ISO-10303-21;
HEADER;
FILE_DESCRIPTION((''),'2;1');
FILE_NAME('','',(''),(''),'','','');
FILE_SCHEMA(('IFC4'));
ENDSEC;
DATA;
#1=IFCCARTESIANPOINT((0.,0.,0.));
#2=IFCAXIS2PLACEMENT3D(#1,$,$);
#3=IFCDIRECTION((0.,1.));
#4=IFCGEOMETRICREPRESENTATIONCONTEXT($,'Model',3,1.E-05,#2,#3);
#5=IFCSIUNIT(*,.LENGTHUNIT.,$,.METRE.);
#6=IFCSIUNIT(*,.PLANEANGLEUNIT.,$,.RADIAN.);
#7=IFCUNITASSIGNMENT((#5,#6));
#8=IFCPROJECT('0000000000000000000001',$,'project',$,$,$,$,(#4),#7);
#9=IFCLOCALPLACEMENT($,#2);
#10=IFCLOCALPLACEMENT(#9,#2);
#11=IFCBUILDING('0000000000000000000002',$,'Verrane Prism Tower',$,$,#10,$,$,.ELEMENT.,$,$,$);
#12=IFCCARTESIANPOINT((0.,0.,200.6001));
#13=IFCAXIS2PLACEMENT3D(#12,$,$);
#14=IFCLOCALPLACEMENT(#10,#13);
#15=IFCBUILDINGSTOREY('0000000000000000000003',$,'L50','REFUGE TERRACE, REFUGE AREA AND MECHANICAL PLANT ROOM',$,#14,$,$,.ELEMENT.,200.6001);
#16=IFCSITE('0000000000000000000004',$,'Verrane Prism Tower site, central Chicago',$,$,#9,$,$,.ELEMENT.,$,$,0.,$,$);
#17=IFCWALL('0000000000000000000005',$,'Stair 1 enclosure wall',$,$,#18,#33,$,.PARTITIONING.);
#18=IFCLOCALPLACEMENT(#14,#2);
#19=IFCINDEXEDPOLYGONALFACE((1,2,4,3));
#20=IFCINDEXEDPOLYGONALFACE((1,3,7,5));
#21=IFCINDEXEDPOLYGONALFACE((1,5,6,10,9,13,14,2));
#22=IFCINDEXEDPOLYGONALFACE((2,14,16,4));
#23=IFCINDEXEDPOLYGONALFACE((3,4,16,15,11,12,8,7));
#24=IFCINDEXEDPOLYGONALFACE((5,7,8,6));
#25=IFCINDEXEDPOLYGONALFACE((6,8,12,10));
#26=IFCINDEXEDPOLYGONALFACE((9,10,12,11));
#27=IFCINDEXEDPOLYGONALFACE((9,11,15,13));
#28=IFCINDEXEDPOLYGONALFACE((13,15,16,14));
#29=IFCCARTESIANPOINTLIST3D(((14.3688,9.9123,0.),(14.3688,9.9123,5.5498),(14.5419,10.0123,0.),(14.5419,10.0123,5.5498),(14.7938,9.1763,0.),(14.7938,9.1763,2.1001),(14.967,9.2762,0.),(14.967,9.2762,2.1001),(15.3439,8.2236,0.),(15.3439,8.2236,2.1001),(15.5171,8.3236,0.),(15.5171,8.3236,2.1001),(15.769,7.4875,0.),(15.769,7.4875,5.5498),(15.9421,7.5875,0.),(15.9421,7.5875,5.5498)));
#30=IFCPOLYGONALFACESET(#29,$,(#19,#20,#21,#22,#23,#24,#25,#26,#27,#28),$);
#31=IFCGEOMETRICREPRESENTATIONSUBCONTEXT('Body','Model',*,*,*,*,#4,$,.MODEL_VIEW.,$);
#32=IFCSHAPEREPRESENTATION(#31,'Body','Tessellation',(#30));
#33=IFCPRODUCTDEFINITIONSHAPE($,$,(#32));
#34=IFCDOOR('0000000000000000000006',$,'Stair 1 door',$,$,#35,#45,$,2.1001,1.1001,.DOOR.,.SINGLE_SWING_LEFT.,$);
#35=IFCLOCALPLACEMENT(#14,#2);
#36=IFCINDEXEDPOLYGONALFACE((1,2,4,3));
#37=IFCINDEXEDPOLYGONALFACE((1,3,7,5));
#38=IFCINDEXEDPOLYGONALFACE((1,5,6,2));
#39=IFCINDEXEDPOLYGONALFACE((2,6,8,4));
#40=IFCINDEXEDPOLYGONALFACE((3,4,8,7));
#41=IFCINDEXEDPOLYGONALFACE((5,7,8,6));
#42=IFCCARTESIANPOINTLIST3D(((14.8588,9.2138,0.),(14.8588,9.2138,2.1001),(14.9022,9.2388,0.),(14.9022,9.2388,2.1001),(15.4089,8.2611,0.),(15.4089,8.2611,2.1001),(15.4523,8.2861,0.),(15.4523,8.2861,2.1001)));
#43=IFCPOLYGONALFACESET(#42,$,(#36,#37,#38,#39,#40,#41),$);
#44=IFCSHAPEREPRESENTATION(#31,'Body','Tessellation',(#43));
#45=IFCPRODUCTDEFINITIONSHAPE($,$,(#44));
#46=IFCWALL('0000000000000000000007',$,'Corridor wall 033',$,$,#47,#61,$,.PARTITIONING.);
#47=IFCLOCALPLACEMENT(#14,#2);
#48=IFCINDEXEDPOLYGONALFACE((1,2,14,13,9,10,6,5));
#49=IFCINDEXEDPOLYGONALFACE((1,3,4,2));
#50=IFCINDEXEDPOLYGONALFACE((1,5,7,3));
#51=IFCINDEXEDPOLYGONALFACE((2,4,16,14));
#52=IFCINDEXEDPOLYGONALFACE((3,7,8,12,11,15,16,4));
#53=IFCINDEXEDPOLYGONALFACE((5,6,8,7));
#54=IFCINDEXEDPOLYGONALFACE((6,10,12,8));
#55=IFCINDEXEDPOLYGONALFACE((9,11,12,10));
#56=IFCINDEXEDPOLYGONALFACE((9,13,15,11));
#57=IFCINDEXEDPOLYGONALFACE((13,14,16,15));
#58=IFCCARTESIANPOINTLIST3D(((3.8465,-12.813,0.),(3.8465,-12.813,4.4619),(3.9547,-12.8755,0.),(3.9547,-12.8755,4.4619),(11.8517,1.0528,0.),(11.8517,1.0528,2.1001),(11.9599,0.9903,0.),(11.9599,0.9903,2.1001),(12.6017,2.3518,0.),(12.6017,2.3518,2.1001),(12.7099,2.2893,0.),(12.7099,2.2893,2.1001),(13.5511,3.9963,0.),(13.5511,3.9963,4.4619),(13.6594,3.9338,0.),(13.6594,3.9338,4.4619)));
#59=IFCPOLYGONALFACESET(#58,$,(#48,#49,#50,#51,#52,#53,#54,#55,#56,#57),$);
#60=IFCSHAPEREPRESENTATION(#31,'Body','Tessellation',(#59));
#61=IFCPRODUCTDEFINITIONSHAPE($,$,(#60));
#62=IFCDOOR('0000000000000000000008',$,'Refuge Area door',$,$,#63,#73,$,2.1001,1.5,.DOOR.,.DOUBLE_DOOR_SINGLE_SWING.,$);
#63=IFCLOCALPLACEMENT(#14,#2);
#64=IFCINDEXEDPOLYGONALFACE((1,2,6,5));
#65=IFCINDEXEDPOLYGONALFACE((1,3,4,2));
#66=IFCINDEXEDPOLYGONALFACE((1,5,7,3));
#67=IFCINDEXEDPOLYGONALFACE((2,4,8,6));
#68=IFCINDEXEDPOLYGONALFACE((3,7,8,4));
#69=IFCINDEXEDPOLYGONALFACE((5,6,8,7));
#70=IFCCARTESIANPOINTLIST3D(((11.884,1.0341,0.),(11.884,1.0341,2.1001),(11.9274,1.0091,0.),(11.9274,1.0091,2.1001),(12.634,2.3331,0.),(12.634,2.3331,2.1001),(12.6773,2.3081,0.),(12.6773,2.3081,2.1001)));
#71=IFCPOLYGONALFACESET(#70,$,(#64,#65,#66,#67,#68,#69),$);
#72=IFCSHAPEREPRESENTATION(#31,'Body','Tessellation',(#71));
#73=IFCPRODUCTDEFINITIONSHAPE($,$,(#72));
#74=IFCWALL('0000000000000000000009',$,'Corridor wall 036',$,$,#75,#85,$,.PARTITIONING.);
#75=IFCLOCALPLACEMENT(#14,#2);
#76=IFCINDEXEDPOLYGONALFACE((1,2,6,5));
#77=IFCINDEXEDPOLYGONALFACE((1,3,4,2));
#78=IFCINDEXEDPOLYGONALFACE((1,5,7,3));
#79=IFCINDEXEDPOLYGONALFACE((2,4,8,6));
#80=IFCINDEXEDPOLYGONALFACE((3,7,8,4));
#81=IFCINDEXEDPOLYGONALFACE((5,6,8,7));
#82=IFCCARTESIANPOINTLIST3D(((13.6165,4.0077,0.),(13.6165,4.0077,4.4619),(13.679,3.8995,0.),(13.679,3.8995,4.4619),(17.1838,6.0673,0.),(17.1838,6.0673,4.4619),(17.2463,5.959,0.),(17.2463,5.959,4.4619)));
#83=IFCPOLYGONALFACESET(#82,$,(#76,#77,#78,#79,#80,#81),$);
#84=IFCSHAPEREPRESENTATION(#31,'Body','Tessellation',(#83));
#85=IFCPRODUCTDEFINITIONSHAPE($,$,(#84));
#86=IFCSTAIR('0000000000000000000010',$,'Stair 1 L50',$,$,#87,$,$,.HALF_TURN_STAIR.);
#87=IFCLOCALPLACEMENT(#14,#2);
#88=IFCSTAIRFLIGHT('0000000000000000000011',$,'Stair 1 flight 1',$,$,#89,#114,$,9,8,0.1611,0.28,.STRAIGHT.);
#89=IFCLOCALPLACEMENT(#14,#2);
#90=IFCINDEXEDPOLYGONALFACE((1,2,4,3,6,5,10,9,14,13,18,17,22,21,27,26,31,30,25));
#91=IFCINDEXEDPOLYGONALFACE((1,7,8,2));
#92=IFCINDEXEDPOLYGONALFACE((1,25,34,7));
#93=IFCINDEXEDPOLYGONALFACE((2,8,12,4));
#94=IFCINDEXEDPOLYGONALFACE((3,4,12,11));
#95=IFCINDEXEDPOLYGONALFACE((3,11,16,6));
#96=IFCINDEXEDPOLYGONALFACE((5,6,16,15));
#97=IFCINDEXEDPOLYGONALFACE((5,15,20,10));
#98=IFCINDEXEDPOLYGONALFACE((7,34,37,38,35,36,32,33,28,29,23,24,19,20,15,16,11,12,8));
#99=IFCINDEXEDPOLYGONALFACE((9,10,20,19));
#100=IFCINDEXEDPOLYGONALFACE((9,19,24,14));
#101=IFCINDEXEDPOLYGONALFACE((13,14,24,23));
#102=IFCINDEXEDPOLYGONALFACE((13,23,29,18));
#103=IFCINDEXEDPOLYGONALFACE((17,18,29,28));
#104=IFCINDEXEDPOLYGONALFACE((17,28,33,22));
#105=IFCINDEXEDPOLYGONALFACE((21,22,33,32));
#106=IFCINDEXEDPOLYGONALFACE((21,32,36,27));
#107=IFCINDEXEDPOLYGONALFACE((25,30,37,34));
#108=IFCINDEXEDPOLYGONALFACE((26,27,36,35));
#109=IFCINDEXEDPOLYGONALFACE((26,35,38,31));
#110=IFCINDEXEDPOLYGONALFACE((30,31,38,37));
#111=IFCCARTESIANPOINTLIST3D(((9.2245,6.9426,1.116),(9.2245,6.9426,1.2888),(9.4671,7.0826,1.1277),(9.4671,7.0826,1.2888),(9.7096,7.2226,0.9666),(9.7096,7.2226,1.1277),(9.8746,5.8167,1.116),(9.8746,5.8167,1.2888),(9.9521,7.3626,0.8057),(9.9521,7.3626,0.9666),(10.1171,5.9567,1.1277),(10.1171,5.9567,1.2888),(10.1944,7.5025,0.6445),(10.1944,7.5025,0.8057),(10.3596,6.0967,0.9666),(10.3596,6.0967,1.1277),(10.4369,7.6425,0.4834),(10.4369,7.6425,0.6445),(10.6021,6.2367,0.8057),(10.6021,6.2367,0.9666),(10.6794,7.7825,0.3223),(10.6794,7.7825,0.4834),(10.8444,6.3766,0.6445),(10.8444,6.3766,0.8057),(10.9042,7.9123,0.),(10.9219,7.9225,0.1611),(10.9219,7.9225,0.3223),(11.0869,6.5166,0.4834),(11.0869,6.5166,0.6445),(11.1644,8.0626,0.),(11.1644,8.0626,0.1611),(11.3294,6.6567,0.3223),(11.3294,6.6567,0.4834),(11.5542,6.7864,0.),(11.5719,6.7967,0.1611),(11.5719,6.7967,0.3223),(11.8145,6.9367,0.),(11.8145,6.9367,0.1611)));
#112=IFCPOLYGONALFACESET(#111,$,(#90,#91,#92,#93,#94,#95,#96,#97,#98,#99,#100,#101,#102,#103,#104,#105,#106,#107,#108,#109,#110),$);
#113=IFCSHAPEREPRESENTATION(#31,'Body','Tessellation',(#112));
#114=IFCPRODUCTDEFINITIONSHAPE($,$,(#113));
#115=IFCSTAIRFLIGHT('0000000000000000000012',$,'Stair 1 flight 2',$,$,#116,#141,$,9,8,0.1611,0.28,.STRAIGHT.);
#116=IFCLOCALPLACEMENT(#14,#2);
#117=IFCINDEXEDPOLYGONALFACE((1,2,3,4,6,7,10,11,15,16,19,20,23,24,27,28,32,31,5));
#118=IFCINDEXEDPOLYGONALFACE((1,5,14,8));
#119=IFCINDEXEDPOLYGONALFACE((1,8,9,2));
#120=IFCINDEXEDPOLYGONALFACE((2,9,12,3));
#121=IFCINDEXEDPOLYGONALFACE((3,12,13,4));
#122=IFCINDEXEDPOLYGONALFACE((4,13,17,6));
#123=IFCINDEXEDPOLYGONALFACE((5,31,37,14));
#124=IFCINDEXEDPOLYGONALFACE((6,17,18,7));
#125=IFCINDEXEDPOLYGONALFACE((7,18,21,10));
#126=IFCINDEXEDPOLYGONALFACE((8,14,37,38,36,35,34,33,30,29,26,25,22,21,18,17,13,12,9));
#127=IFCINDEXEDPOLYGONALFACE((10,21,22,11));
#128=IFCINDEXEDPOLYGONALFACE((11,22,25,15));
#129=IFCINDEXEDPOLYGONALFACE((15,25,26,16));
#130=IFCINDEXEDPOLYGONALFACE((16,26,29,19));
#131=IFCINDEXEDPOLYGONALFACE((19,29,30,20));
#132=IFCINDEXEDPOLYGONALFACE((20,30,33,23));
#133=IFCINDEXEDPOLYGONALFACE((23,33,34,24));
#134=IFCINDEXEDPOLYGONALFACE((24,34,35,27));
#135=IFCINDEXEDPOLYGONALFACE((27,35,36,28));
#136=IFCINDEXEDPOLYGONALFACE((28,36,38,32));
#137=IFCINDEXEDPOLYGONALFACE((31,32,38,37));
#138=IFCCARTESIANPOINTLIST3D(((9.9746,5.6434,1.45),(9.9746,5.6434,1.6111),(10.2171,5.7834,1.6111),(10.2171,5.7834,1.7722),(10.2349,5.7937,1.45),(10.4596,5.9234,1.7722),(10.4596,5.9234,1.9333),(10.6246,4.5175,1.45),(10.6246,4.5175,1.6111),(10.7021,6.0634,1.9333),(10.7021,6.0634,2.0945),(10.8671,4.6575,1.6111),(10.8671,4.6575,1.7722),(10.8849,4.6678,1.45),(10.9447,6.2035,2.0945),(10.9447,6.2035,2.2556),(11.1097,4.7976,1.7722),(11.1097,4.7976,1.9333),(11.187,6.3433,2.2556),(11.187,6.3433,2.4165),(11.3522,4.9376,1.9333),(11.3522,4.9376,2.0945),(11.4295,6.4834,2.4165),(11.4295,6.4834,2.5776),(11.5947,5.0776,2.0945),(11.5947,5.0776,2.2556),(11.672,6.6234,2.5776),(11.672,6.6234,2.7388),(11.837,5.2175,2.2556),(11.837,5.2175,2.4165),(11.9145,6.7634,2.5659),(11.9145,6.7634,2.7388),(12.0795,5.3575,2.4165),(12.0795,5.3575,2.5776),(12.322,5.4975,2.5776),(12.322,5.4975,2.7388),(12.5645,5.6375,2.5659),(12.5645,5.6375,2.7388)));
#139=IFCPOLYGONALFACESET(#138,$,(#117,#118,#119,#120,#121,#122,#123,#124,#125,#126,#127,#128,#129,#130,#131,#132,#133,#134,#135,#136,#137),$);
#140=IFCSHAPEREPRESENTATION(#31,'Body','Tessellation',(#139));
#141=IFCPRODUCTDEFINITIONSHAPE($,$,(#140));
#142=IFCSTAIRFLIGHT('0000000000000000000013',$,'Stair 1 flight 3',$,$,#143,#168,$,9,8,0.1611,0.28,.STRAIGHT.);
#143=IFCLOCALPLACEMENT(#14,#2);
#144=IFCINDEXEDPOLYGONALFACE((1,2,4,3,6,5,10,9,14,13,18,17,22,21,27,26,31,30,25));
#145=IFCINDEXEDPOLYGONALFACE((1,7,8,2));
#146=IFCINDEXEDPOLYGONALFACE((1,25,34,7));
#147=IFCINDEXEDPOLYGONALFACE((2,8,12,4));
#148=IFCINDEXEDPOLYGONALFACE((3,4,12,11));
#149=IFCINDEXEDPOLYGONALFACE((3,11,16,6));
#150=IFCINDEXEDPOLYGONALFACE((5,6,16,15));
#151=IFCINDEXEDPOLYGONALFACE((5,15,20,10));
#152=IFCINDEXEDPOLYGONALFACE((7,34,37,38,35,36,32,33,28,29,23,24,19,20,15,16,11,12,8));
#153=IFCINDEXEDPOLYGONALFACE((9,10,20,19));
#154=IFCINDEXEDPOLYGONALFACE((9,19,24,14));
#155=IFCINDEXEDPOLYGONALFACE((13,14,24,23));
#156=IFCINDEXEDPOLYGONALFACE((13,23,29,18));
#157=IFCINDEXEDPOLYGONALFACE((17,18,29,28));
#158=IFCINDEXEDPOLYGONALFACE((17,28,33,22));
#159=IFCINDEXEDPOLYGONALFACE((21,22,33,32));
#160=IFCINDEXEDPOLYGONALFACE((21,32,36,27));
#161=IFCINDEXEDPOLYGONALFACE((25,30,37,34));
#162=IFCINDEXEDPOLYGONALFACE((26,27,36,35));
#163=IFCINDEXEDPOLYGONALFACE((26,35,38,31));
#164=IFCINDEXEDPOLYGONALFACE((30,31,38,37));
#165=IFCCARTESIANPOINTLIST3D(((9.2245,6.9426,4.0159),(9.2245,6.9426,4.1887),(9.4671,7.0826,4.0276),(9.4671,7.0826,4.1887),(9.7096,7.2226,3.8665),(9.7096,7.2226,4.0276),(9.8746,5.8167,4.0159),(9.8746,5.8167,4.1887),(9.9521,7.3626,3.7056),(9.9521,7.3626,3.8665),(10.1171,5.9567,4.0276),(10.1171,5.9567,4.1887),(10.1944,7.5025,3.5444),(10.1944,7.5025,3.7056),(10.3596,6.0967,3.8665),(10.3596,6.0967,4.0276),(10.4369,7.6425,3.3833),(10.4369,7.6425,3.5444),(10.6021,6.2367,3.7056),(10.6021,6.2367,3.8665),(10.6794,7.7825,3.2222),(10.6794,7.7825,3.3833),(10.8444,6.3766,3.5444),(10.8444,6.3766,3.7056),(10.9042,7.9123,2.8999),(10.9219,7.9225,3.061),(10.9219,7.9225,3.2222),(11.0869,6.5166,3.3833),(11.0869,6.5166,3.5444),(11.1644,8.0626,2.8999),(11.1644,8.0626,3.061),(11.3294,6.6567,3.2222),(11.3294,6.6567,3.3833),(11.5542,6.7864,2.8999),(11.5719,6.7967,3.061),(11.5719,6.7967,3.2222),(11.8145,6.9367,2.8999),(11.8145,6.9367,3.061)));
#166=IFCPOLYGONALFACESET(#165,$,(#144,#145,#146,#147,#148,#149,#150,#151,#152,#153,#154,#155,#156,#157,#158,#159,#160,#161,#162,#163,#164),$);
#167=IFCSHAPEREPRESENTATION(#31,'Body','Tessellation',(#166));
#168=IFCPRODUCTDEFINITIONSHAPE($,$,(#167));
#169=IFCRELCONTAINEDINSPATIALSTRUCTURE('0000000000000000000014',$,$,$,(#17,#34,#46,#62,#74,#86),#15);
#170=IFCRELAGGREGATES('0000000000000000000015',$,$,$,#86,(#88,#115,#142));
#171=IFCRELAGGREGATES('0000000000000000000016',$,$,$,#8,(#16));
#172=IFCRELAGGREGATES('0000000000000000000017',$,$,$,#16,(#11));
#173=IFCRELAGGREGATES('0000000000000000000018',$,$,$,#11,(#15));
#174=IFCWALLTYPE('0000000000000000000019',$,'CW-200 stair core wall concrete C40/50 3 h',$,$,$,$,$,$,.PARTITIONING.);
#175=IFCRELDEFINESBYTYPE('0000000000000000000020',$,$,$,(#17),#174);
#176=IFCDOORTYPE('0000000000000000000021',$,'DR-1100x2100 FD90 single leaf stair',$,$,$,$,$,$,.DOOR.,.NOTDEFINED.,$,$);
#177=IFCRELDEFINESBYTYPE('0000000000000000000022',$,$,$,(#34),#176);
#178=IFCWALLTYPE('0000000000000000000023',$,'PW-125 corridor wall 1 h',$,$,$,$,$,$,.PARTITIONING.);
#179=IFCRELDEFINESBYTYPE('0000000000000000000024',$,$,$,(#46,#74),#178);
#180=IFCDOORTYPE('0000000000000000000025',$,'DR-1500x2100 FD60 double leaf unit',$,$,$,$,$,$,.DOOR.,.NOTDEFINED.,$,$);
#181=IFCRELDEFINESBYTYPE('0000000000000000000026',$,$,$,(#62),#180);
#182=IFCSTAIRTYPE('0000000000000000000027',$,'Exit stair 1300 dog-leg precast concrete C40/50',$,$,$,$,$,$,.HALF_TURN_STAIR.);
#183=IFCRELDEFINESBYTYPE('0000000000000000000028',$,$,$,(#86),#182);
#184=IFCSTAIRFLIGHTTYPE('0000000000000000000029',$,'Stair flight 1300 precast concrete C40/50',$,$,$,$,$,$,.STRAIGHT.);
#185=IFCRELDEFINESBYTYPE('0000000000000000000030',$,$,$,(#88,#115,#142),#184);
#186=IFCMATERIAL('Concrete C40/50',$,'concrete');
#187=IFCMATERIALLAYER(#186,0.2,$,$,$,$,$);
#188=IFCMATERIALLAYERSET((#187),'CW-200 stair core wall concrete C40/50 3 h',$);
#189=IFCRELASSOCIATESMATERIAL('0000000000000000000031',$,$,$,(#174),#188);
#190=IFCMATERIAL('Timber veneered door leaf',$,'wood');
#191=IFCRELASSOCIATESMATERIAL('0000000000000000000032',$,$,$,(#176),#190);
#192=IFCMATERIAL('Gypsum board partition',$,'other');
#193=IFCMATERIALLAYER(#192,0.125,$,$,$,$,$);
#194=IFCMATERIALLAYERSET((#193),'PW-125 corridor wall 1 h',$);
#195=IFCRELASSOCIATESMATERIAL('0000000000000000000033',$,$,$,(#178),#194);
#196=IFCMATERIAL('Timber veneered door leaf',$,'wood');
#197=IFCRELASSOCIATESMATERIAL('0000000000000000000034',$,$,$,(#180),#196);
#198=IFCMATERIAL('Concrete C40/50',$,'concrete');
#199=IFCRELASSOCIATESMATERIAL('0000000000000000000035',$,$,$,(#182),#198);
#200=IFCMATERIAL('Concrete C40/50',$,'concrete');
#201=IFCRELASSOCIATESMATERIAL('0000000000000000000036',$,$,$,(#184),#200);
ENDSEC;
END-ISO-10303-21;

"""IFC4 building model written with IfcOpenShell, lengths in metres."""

from ifc_helpers import new_model, si_unit, direction, frame, frame_2d, origin, place, context, subcontext, project, spatial, polyline, rectangle, outline, extrude, material, layer, layer_set, type_object, element, fill, aggregate, save


model = new_model("IFC4")

# Units and contexts
model_context = context("Model", 3, precision=1e-05, world=origin(), true_north=direction((0.0, 1.0)))
body_context = subcontext(model_context, "Body", "Model", "MODEL_VIEW")
ifc_project = project(units=[si_unit("LENGTHUNIT", "METRE"), si_unit("PLANEANGLEUNIT", "RADIAN")], contexts=[model_context])

# Site, building, storey
site_placement = place(None, origin())
site = spatial("IfcSite", under=ifc_project, at=site_placement, Name="Verrane Prism Tower site, central Chicago", CompositionType="ELEMENT", RefElevation=0.0)
building_placement = place(site_placement, origin())
building = spatial("IfcBuilding", under=site, at=building_placement, Name="Verrane Prism Tower", CompositionType="ELEMENT")
storey_placement = place(building_placement, frame((0.0, 0.0, 200.6001)))
storey = spatial("IfcBuildingStorey", under=building, at=storey_placement, Name="L50", Description="REFUGE TERRACE, REFUGE AREA AND MECHANICAL PLANT ROOM", CompositionType="ELEMENT", Elevation=200.6001)

# Walls, openings, doors
ifc_material_1 = material(Name="Concrete C40/50", Category="concrete")
ifc_layer_1 = layer(ifc_material_1, 0.2)
ifc_layer_set_1 = layer_set([ifc_layer_1], Name="CW-200 stair core wall concrete C40/50 3 h")
wall_type_1 = type_object("IfcWallType", Name="CW-200 stair core wall concrete C40/50 3 h", PredefinedType="PARTITIONING", material=ifc_layer_set_1)
wall_1_placement = place(storey_placement, frame((15.8555, 7.5376, 0.0), z_axis=(0.0, 0.0, 1.0), x_axis=(-0.50005, 0.865997, 0.0)))
wall_1 = element("IfcWall", 1, at=wall_1_placement, inside=storey, type_object=wall_type_1, Name="Stair 1 enclosure wall", PredefinedType="PARTITIONING", context=body_context, shape_type="SweptSolid", body=[
    extrude(rectangle(XDim=2.8, YDim=0.2, at=frame_2d((1.3999, 0.0))), origin(), (0.0, 0.0, 1.0), 5.5498),
])
opening_1_placement = place(wall_1_placement, frame((0.8499, 0.0, 0.0)))
opening_1 = element("IfcOpeningElement", 2, at=opening_1_placement, cuts=wall_1, PredefinedType="OPENING", context=body_context, shape_type="SweptSolid", body=[
    extrude(rectangle(XDim=1.1001, YDim=2.1001, at=frame_2d((0.55, 1.05))), frame((0.0, 0.1099, 0.0), z_axis=(0.0, -1.0, 0.0), x_axis=(1.0, 0.0, 0.0)), (0.0, 0.0, 1.0), 0.22),
])
ifc_material_2 = material(Name="Timber veneered door leaf", Category="wood")
door_type_1 = type_object("IfcDoorType", Name="DR-1100x2100 FD90 single leaf stair", OperationType="NOTDEFINED", PredefinedType="DOOR", material=ifc_material_2)
door_1_placement = place(opening_1_placement, origin())
door_1 = element("IfcDoor", 3, at=door_1_placement, inside=storey, type_object=door_type_1, Name="Stair 1 door", OperationType="SINGLE_SWING_LEFT", OverallHeight=2.1001, OverallWidth=1.1001, PredefinedType="DOOR", context=body_context, shape_type="SweptSolid", body=[
    extrude(rectangle(XDim=1.1001, YDim=2.1001, at=frame_2d((0.55, 1.05))), frame((0.0, 0.0249, 0.0), z_axis=(0.0, -1.0, 0.0), x_axis=(1.0, 0.0, 0.0)), (0.0, 0.0, 1.0), 0.05),
])
fill(opening_1, door_1)
ifc_material_3 = material(Name="Gypsum board partition", Category="other")
ifc_layer_2 = layer(ifc_material_3, 0.125)
ifc_layer_set_2 = layer_set([ifc_layer_2], Name="PW-125 corridor wall 1 h")
wall_type_2 = type_object("IfcWallType", Name="PW-125 corridor wall 1 h", PredefinedType="PARTITIONING", material=ifc_layer_set_2)
wall_2_placement = place(storey_placement, frame((13.6052, 3.9651, 0.0), z_axis=(0.0, 0.0, 1.0), x_axis=(-0.499989, -0.866032, 0.0)))
wall_2 = element("IfcWall", 4, at=wall_2_placement, inside=storey, type_object=wall_type_2, Name="Corridor wall 033", PredefinedType="PARTITIONING", context=body_context, shape_type="SweptSolid", body=[
    extrude(rectangle(XDim=19.4097, YDim=0.125, at=frame_2d((9.7048, 0.0))), origin(), (0.0, 0.0, 1.0), 4.4619),
])
opening_2_placement = place(wall_2_placement, frame((1.8989, 0.0, 0.0)))
opening_2 = element("IfcOpeningElement", 5, at=opening_2_placement, cuts=wall_2, PredefinedType="OPENING", context=body_context, shape_type="SweptSolid", body=[
    extrude(rectangle(XDim=1.5, YDim=2.1001, at=frame_2d((0.75, 1.05))), frame((0.0, 0.0725, 0.0), z_axis=(0.0, -1.0, 0.0), x_axis=(1.0, 0.0, 0.0)), (0.0, 0.0, 1.0), 0.145),
])
ifc_material_4 = material(Name="Timber veneered door leaf", Category="wood")
door_type_2 = type_object("IfcDoorType", Name="DR-1500x2100 FD60 double leaf unit", OperationType="NOTDEFINED", PredefinedType="DOOR", material=ifc_material_4)
door_2_placement = place(opening_2_placement, origin())
door_2 = element("IfcDoor", 6, at=door_2_placement, inside=storey, type_object=door_type_2, Name="Refuge Area door", OperationType="DOUBLE_DOOR_SINGLE_SWING", OverallHeight=2.1001, OverallWidth=1.5, PredefinedType="DOOR", context=body_context, shape_type="SweptSolid", body=[
    extrude(rectangle(XDim=1.5, YDim=2.1001, at=frame_2d((0.75, 1.05))), frame((0.0, 0.0249, 0.0), z_axis=(0.0, -1.0, 0.0), x_axis=(1.0, 0.0, 0.0)), (0.0, 0.0, 1.0), 0.05),
])
fill(opening_2, door_2)

# Wall
wall_3_placement = place(storey_placement, frame((13.6477, 3.9536, 0.0), z_axis=(0.0, 0.0, 1.0), x_axis=(0.866032, 0.499989, 0.0)))
element("IfcWall", 7, at=wall_3_placement, inside=storey, type_object=wall_type_2, Name="Corridor wall 036", PredefinedType="PARTITIONING", context=body_context, shape_type="SweptSolid", body=[
    extrude(rectangle(XDim=4.1191, YDim=0.125, at=frame_2d((2.0596, 0.0))), origin(), (0.0, 0.0, 1.0), 4.4619),
])

# Stair, stair flights
ifc_material_5 = material(Name="Concrete C40/50", Category="concrete")
stair_type = type_object("IfcStairType", Name="Exit stair 1300 dog-leg precast concrete C40/50", PredefinedType="HALF_TURN_STAIR", material=ifc_material_5)
stair_placement = place(storey_placement, origin())
stair = element("IfcStair", 8, at=stair_placement, inside=storey, type_object=stair_type, Name="Stair 1 L50", PredefinedType="HALF_TURN_STAIR")
ifc_material_6 = material(Name="Concrete C40/50", Category="concrete")
stair_flight_type = type_object("IfcStairFlightType", Name="Stair flight 1300 precast concrete C40/50", PredefinedType="STRAIGHT", material=ifc_material_6)
stair_flight_1_placement = place(storey_placement, frame((11.4895, 7.4995, 0.0), z_axis=(0.0, 0.0, 1.0), x_axis=(-0.866025, -0.5, 0.0)))
stair_flight_1 = element("IfcStairFlight", 9, at=stair_flight_1_placement, type_object=stair_flight_type, Name="Stair 1 flight 1", NumberOfRisers=9, NumberOfTreads=8, PredefinedType="STRAIGHT", RiserHeight=0.1611, TreadLength=0.28, context=body_context, shape_type="SweptSolid", body=[
    extrude(outline(polyline([(0.0, 0.0), (0.0, 0.1611), (0.28, 0.1611), (0.28, 0.3223), (0.5601, 0.3223), (0.5601, 0.4834), (0.8401, 0.4834), (0.8401, 0.6445), (1.1201, 0.6445), (1.1201, 0.8057), (1.3999, 0.8057), (1.3999, 0.9666), (1.6799, 0.9666), (1.6799, 1.1277), (1.96, 1.1277), (1.96, 1.2888), (2.24, 1.2888), (2.24, 1.45), (2.24, 1.116), (0.3005, 0.0), (0.0, 0.0)])), frame((0.0, 0.6499, 0.0), z_axis=(0.0, -1.0, 0.0), x_axis=(1.0, 0.0, 0.0)), (0.0, 0.0, 1.0), 1.3),
])
stair_flight_2_placement = place(storey_placement, frame((10.2996, 5.0806, 1.45), z_axis=(0.0, 0.0, 1.0), x_axis=(0.866025, 0.5, 0.0)))
stair_flight_2 = element("IfcStairFlight", 10, at=stair_flight_2_placement, type_object=stair_flight_type, Name="Stair 1 flight 2", NumberOfRisers=9, NumberOfTreads=8, PredefinedType="STRAIGHT", RiserHeight=0.1611, TreadLength=0.28, context=body_context, shape_type="SweptSolid", body=[
    extrude(outline(polyline([(0.0, 0.0), (0.0, 0.1611), (0.28, 0.1611), (0.28, 0.3223), (0.5601, 0.3223), (0.5601, 0.4834), (0.8401, 0.4834), (0.8401, 0.6445), (1.1201, 0.6445), (1.1201, 0.8057), (1.3999, 0.8057), (1.3999, 0.9666), (1.6799, 0.9666), (1.6799, 1.1277), (1.96, 1.1277), (1.96, 1.2888), (2.24, 1.2888), (2.24, 1.45), (2.24, 1.116), (0.3005, 0.0), (0.0, 0.0)])), frame((0.0, 0.6499, 0.0), z_axis=(0.0, -1.0, 0.0), x_axis=(1.0, 0.0, 0.0)), (0.0, 0.0, 1.0), 1.3),
])
stair_flight_3_placement = place(storey_placement, frame((11.4895, 7.4995, 2.8999), z_axis=(0.0, 0.0, 1.0), x_axis=(-0.866025, -0.5, 0.0)))
stair_flight_3 = element("IfcStairFlight", 11, at=stair_flight_3_placement, type_object=stair_flight_type, Name="Stair 1 flight 3", NumberOfRisers=9, NumberOfTreads=8, PredefinedType="STRAIGHT", RiserHeight=0.1611, TreadLength=0.28, context=body_context, shape_type="SweptSolid", body=[
    extrude(outline(polyline([(0.0, 0.0), (0.0, 0.1611), (0.28, 0.1611), (0.28, 0.3223), (0.5601, 0.3223), (0.5601, 0.4834), (0.8401, 0.4834), (0.8401, 0.6445), (1.1201, 0.6445), (1.1201, 0.8057), (1.3999, 0.8057), (1.3999, 0.9666), (1.6799, 0.9666), (1.6799, 1.1277), (1.96, 1.1277), (1.96, 1.2888), (2.24, 1.2888), (2.24, 1.45), (2.24, 1.116), (0.3005, 0.0), (0.0, 0.0)])), frame((0.0, 0.6499, 0.0), z_axis=(0.0, -1.0, 0.0), x_axis=(1.0, 0.0, 0.0)), (0.0, 0.0, 1.0), 1.3),
])
aggregate(stair, [stair_flight_1, stair_flight_2, stair_flight_3])

save(model, "model.ifc")
